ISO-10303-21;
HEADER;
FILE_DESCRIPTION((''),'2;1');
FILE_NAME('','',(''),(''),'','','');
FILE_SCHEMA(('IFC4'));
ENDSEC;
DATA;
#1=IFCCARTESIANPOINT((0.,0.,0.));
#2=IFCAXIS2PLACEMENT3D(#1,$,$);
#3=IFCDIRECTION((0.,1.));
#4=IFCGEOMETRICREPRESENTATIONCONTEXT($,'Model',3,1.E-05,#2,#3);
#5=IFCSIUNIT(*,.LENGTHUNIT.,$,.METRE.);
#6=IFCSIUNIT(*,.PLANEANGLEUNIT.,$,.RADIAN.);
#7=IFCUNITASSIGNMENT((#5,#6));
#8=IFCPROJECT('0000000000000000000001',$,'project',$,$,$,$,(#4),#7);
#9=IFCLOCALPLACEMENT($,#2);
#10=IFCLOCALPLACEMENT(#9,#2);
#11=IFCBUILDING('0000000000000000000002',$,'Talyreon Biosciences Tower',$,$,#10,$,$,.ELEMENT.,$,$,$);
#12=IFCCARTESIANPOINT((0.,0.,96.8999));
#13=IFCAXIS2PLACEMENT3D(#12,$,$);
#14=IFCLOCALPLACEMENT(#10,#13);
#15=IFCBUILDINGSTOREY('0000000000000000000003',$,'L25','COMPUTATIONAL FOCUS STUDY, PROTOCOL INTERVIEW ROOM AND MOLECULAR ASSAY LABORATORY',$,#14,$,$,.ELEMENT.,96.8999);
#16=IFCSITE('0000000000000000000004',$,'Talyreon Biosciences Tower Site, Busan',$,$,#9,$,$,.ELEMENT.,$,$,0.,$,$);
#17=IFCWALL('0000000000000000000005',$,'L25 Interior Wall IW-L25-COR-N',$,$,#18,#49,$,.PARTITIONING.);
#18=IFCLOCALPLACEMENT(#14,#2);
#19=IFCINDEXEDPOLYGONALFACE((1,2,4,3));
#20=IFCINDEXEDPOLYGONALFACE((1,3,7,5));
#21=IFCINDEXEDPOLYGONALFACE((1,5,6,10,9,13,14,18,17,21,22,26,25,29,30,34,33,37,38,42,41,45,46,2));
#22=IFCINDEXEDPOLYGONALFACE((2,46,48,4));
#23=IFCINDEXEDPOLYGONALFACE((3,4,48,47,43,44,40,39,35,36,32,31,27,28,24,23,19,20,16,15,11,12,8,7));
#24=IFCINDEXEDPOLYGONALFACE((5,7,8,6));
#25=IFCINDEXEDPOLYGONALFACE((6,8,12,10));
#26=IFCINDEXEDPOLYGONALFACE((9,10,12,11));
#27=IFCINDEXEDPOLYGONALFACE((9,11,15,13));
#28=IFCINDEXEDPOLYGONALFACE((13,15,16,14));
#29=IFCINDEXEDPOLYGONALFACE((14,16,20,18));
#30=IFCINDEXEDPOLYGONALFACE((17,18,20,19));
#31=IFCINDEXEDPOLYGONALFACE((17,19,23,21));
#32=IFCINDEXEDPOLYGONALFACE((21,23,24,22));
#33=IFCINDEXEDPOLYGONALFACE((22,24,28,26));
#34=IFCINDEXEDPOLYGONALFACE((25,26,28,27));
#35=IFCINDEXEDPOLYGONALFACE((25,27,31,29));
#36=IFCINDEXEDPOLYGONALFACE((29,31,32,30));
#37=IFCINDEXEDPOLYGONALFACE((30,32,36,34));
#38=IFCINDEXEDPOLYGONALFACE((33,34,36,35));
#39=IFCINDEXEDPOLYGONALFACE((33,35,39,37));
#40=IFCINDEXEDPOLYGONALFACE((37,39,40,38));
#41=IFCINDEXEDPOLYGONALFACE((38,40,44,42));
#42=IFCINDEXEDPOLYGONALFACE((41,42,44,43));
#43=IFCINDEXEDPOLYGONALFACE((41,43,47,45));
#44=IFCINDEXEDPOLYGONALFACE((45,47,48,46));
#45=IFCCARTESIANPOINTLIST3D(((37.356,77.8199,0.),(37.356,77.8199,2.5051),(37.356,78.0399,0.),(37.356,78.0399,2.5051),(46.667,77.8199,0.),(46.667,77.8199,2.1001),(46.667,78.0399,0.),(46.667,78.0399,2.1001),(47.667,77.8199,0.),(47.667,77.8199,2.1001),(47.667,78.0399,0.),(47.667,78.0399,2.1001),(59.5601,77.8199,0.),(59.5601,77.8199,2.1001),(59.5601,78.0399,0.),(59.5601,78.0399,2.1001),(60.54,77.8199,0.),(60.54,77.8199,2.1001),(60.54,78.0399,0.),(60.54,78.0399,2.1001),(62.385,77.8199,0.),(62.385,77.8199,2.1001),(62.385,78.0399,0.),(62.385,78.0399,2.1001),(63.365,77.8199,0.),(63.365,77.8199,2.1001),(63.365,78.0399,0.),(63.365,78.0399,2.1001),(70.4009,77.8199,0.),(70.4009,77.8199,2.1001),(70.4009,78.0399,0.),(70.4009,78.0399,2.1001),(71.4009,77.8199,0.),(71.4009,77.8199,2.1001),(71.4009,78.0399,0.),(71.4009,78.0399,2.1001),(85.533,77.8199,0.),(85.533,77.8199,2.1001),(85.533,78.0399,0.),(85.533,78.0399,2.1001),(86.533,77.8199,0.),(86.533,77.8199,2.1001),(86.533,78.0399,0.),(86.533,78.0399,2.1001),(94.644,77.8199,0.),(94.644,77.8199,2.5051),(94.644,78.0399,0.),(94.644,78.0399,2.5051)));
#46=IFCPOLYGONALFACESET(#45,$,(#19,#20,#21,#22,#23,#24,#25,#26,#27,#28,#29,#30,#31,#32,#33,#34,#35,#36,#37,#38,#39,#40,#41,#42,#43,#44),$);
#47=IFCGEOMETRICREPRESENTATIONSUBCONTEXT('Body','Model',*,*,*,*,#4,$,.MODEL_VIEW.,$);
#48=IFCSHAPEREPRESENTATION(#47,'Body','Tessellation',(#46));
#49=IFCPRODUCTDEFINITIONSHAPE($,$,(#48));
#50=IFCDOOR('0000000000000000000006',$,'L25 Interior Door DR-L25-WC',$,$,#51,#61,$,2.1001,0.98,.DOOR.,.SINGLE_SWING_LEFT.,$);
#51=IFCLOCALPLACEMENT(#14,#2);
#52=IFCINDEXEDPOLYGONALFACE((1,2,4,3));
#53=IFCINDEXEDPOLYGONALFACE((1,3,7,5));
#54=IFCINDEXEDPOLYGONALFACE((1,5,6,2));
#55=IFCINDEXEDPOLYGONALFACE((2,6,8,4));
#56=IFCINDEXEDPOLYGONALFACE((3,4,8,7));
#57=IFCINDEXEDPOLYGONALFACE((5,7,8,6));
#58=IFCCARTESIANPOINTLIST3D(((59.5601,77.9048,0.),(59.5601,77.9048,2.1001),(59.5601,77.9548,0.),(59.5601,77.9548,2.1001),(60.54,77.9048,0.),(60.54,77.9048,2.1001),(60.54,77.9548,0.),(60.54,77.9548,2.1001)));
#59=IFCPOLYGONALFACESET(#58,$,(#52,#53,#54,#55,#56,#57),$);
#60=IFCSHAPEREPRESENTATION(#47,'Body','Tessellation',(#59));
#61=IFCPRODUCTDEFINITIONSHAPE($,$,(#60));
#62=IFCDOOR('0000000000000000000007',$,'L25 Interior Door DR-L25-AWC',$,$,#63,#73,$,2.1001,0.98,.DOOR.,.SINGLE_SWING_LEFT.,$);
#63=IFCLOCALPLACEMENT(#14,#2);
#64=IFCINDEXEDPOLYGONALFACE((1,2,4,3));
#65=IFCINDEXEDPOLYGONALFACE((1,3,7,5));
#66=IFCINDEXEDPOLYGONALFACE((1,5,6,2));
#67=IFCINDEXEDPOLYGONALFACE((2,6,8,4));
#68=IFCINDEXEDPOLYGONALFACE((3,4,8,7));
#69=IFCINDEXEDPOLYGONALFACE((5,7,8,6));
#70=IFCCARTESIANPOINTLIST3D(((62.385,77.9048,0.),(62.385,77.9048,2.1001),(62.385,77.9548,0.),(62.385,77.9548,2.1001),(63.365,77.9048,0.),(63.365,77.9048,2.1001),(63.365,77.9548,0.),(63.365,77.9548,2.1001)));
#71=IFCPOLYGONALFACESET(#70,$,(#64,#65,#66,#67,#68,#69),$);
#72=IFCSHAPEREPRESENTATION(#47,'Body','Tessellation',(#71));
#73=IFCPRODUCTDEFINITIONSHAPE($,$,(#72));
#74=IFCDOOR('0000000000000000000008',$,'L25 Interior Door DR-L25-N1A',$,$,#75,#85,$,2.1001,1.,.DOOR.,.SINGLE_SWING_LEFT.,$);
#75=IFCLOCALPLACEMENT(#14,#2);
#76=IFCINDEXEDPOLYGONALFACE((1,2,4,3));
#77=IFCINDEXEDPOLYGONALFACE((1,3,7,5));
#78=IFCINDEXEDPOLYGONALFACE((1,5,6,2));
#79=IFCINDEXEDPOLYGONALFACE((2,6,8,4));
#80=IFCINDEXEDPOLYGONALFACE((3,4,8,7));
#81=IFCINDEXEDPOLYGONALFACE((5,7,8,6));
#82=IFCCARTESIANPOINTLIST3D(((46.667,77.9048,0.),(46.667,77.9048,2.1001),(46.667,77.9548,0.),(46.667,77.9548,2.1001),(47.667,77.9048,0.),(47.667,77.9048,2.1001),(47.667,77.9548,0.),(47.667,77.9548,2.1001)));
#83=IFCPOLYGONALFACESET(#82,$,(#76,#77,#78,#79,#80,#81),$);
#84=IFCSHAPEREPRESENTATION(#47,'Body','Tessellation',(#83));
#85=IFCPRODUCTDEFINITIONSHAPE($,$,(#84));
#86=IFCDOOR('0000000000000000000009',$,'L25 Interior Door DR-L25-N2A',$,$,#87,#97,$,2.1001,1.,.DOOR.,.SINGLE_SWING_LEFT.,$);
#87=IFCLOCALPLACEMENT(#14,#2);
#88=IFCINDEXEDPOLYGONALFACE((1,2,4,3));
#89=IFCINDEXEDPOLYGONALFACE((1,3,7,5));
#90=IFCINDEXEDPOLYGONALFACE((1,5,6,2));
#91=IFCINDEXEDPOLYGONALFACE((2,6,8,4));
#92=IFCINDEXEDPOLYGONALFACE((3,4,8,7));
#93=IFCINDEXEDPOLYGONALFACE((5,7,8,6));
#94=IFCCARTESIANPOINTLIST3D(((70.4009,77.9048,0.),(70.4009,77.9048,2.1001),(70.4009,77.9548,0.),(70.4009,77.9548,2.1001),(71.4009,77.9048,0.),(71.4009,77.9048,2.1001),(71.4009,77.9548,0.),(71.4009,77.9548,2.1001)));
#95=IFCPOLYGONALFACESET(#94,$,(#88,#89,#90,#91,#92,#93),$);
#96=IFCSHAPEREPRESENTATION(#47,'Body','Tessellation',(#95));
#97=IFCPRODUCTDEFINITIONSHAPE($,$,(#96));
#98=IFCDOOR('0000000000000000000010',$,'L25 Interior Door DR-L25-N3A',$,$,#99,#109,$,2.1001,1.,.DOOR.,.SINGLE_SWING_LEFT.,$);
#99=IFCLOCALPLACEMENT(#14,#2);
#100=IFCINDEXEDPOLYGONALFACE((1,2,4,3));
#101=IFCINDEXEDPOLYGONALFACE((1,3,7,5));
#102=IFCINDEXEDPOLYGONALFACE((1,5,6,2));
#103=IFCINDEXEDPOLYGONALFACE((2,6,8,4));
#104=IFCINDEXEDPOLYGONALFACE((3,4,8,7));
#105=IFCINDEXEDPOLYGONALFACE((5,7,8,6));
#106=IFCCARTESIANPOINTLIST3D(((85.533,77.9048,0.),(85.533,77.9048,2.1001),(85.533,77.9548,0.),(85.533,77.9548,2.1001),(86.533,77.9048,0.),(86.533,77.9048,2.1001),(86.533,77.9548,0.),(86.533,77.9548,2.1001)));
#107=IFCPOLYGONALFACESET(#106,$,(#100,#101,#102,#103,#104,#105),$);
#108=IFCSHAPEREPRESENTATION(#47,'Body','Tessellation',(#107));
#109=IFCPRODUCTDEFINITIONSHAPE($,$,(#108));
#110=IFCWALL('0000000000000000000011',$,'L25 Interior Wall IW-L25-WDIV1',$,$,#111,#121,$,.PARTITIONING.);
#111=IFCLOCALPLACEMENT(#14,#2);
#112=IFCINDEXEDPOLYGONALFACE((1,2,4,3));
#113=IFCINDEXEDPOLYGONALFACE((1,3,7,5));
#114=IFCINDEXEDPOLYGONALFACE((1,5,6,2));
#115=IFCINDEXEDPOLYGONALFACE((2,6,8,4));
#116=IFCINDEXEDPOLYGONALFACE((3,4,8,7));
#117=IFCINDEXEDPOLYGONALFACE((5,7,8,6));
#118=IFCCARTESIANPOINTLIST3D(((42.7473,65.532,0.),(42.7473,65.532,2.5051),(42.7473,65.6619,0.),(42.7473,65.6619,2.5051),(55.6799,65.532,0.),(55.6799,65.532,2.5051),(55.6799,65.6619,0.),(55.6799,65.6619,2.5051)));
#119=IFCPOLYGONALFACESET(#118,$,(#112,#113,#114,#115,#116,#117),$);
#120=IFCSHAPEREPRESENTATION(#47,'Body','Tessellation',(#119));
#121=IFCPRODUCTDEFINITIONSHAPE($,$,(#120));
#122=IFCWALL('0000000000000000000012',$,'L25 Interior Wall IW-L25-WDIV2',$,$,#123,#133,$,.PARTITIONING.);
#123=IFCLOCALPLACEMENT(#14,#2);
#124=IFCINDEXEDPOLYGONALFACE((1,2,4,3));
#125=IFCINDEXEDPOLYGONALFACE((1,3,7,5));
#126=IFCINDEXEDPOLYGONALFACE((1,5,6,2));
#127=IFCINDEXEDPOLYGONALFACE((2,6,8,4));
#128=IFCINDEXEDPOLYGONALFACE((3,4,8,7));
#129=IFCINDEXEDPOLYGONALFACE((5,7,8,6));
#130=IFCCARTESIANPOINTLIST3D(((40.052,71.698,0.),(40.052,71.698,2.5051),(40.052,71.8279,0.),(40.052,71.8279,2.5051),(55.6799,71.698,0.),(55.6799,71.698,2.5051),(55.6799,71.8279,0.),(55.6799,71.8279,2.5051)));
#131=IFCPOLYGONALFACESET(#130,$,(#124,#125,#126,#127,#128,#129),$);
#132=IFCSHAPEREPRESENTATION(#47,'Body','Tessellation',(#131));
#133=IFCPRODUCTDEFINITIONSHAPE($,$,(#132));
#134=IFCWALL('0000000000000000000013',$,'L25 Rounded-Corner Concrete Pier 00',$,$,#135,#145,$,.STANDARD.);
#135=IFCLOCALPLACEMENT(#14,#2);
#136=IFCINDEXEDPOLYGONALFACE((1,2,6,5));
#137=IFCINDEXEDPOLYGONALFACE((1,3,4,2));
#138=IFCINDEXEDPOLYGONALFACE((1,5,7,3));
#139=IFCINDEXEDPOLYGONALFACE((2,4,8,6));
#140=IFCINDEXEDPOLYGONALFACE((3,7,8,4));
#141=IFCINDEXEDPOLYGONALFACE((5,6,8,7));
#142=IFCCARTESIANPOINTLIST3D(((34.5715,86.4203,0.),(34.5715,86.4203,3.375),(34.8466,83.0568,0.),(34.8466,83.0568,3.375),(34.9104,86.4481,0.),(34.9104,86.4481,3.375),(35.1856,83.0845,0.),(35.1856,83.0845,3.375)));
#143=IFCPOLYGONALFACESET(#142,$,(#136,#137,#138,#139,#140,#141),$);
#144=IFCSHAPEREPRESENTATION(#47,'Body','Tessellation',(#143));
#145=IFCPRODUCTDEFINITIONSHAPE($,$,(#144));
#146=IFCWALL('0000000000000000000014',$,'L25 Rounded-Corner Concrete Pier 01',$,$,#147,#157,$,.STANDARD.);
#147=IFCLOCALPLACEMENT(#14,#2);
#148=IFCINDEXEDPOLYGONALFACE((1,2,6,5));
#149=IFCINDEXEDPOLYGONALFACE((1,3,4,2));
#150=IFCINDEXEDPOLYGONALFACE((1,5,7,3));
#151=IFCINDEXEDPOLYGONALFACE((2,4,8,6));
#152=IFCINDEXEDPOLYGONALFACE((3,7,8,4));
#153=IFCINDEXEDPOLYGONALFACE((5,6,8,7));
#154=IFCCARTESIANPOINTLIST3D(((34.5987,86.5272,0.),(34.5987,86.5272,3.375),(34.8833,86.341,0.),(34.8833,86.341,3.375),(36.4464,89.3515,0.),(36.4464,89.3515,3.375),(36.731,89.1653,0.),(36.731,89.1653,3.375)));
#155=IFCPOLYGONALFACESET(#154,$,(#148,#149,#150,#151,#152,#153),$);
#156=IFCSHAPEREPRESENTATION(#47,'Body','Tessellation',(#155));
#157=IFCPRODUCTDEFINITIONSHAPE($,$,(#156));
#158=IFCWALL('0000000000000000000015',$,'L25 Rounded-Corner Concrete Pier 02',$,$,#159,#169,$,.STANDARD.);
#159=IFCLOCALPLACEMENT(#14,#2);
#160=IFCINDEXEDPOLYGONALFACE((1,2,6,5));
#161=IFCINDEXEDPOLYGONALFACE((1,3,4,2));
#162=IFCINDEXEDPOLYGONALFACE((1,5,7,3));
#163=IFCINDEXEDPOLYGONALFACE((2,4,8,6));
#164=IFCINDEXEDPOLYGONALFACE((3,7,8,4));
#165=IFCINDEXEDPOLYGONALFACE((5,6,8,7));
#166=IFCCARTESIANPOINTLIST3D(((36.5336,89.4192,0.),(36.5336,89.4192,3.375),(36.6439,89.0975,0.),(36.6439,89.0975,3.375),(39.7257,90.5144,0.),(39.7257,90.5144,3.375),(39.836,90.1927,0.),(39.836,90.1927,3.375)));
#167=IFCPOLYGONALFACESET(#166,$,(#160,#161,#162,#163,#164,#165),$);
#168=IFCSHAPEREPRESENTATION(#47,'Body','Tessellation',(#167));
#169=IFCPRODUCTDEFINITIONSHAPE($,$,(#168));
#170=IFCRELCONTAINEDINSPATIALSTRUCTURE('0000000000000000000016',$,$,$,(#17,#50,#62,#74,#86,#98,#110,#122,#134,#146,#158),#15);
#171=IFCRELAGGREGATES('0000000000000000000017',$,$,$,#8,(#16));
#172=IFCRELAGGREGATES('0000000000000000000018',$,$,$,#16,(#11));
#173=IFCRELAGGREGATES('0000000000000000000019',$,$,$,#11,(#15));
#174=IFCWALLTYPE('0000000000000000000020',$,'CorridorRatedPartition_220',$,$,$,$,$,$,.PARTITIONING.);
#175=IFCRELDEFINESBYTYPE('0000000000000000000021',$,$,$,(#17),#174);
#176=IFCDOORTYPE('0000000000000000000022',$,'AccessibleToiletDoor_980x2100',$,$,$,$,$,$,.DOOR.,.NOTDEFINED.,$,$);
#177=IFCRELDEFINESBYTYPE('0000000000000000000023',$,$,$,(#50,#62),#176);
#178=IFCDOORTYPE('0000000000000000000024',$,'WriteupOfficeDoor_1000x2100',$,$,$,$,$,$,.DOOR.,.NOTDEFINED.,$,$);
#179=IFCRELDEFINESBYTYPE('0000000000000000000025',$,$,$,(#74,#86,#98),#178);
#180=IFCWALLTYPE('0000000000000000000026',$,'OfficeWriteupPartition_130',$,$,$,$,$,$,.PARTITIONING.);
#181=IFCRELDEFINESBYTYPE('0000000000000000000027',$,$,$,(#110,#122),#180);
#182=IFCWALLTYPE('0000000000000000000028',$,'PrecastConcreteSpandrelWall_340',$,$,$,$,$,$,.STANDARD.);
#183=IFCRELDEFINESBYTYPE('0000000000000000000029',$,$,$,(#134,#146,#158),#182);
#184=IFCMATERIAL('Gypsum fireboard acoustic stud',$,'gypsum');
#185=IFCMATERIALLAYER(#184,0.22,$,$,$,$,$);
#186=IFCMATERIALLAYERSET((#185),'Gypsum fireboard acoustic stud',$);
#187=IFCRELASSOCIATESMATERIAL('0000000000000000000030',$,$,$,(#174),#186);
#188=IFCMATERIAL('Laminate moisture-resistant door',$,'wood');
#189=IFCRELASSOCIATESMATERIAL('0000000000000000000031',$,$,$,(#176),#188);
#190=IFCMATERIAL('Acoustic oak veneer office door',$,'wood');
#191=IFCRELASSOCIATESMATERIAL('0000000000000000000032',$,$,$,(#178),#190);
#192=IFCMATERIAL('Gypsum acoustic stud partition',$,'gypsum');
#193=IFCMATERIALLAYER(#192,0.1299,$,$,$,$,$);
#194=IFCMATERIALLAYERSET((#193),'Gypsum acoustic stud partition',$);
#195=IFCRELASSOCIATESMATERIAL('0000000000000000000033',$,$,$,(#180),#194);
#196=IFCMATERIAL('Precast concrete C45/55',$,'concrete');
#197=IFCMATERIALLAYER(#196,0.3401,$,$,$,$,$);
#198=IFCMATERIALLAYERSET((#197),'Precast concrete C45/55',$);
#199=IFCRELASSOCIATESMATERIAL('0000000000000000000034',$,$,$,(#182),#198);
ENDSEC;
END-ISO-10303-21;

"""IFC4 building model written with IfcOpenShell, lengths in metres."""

from ifc_helpers import new_model, si_unit, direction, frame, frame_2d, origin, place, context, subcontext, project, spatial, rectangle, extrude, material, layer, layer_set, type_object, element, fill, save


model = new_model("IFC4")

# Units and contexts
model_context = context("Model", 3, precision=1e-05, world=origin(), true_north=direction((0.0, 1.0)))
body_context = subcontext(model_context, "Body", "Model", "MODEL_VIEW")
ifc_project = project(units=[si_unit("LENGTHUNIT", "METRE"), si_unit("PLANEANGLEUNIT", "RADIAN")], contexts=[model_context])

# Site, building, storey
site_placement = place(None, origin())
site = spatial("IfcSite", under=ifc_project, at=site_placement, Name="Talyreon Biosciences Tower Site, Busan", CompositionType="ELEMENT", RefElevation=0.0)
building_placement = place(site_placement, origin())
building = spatial("IfcBuilding", under=site, at=building_placement, Name="Talyreon Biosciences Tower", CompositionType="ELEMENT")
storey_placement = place(building_placement, frame((0.0, 0.0, 96.8999)))
storey = spatial("IfcBuildingStorey", under=building, at=storey_placement, Name="L25", Description="COMPUTATIONAL FOCUS STUDY, PROTOCOL INTERVIEW ROOM AND MOLECULAR ASSAY LABORATORY", CompositionType="ELEMENT", Elevation=96.8999)

# Shared definitions
ifc_material_1 = material(Name="Precast concrete C45/55", Category="concrete")

# Wall, openings, doors
ifc_material_2 = material(Name="Gypsum fireboard acoustic stud", Category="gypsum")
ifc_layer_1 = layer(ifc_material_2, 0.22)
ifc_layer_set_1 = layer_set([ifc_layer_1], Name="Gypsum fireboard acoustic stud")
wall_type_1 = type_object("IfcWallType", Name="CorridorRatedPartition_220", PredefinedType="PARTITIONING", material=ifc_layer_set_1)
wall_1_placement = place(storey_placement, frame((37.356, 77.9299, 0.0), z_axis=(0.0, 0.0, 1.0), x_axis=(1.0, 0.0, 0.0)))
wall_1 = element("IfcWall", 1, at=wall_1_placement, inside=storey, type_object=wall_type_1, Name="L25 Interior Wall IW-L25-COR-N", PredefinedType="PARTITIONING", context=body_context, shape_type="SweptSolid", body=[
    extrude(rectangle(XDim=57.2881, YDim=0.22, at=frame_2d((28.644, 0.0))), origin(), (0.0, 0.0, 1.0), 2.5051),
])
opening_1_placement = place(wall_1_placement, frame((22.2041, 0.0, 0.0)))
opening_1 = element("IfcOpeningElement", 2, at=opening_1_placement, cuts=wall_1, PredefinedType="OPENING", context=body_context, shape_type="SweptSolid", body=[
    extrude(rectangle(XDim=0.98, YDim=2.1001, at=frame_2d((0.49, 1.05))), frame((0.0, 0.1199, 0.0), z_axis=(0.0, -1.0, 0.0), x_axis=(1.0, 0.0, 0.0)), (0.0, 0.0, 1.0), 0.24),
])
opening_2_placement = place(wall_1_placement, frame((25.0291, 0.0, 0.0)))
opening_2 = element("IfcOpeningElement", 3, at=opening_2_placement, cuts=wall_1, PredefinedType="OPENING", context=body_context, shape_type="SweptSolid", body=[
    extrude(rectangle(XDim=0.98, YDim=2.1001, at=frame_2d((0.49, 1.05))), frame((0.0, 0.1199, 0.0), z_axis=(0.0, -1.0, 0.0), x_axis=(1.0, 0.0, 0.0)), (0.0, 0.0, 1.0), 0.24),
])
opening_3_placement = place(wall_1_placement, frame((9.311, 0.0, 0.0)))
opening_3 = element("IfcOpeningElement", 4, at=opening_3_placement, cuts=wall_1, PredefinedType="OPENING", context=body_context, shape_type="SweptSolid", body=[
    extrude(rectangle(XDim=1.0, YDim=2.1001, at=frame_2d((0.5, 1.05))), frame((0.0, 0.1199, 0.0), z_axis=(0.0, -1.0, 0.0), x_axis=(1.0, 0.0, 0.0)), (0.0, 0.0, 1.0), 0.24),
])
opening_4_placement = place(wall_1_placement, frame((33.0449, 0.0, 0.0)))
opening_4 = element("IfcOpeningElement", 5, at=opening_4_placement, cuts=wall_1, PredefinedType="OPENING", context=body_context, shape_type="SweptSolid", body=[
    extrude(rectangle(XDim=1.0, YDim=2.1001, at=frame_2d((0.5, 1.05))), frame((0.0, 0.1199, 0.0), z_axis=(0.0, -1.0, 0.0), x_axis=(1.0, 0.0, 0.0)), (0.0, 0.0, 1.0), 0.24),
])
opening_5_placement = place(wall_1_placement, frame((48.177, 0.0, 0.0)))
opening_5 = element("IfcOpeningElement", 6, at=opening_5_placement, cuts=wall_1, PredefinedType="OPENING", context=body_context, shape_type="SweptSolid", body=[
    extrude(rectangle(XDim=1.0, YDim=2.1001, at=frame_2d((0.5, 1.05))), frame((0.0, 0.1199, 0.0), z_axis=(0.0, -1.0, 0.0), x_axis=(1.0, 0.0, 0.0)), (0.0, 0.0, 1.0), 0.24),
])
ifc_material_3 = material(Name="Laminate moisture-resistant door", Category="wood")
door_type_1 = type_object("IfcDoorType", Name="AccessibleToiletDoor_980x2100", OperationType="NOTDEFINED", PredefinedType="DOOR", material=ifc_material_3)
door_1_placement = place(opening_1_placement, origin())
door_1 = element("IfcDoor", 7, at=door_1_placement, inside=storey, type_object=door_type_1, Name="L25 Interior Door DR-L25-WC", OperationType="SINGLE_SWING_LEFT", OverallHeight=2.1001, OverallWidth=0.98, PredefinedType="DOOR", context=body_context, shape_type="SweptSolid", body=[
    extrude(rectangle(XDim=0.98, YDim=2.1001, at=frame_2d((0.49, 1.05))), frame((0.0, 0.0249, 0.0), z_axis=(0.0, -1.0, 0.0), x_axis=(1.0, 0.0, 0.0)), (0.0, 0.0, 1.0), 0.05),
])
fill(opening_1, door_1)
door_2_placement = place(opening_2_placement, origin())
door_2 = element("IfcDoor", 8, at=door_2_placement, inside=storey, type_object=door_type_1, Name="L25 Interior Door DR-L25-AWC", OperationType="SINGLE_SWING_LEFT", OverallHeight=2.1001, OverallWidth=0.98, PredefinedType="DOOR", context=body_context, shape_type="SweptSolid", body=[
    extrude(rectangle(XDim=0.98, YDim=2.1001, at=frame_2d((0.49, 1.05))), frame((0.0, 0.0249, 0.0), z_axis=(0.0, -1.0, 0.0), x_axis=(1.0, 0.0, 0.0)), (0.0, 0.0, 1.0), 0.05),
])
fill(opening_2, door_2)
ifc_material_4 = material(Name="Acoustic oak veneer office door", Category="wood")
door_type_2 = type_object("IfcDoorType", Name="WriteupOfficeDoor_1000x2100", OperationType="NOTDEFINED", PredefinedType="DOOR", material=ifc_material_4)
door_3_placement = place(opening_3_placement, origin())
door_3 = element("IfcDoor", 9, at=door_3_placement, inside=storey, type_object=door_type_2, Name="L25 Interior Door DR-L25-N1A", OperationType="SINGLE_SWING_LEFT", OverallHeight=2.1001, OverallWidth=1.0, PredefinedType="DOOR", context=body_context, shape_type="SweptSolid", body=[
    extrude(rectangle(XDim=1.0, YDim=2.1001, at=frame_2d((0.5, 1.05))), frame((0.0, 0.0249, 0.0), z_axis=(0.0, -1.0, 0.0), x_axis=(1.0, 0.0, 0.0)), (0.0, 0.0, 1.0), 0.05),
])
fill(opening_3, door_3)
door_4_placement = place(opening_4_placement, origin())
door_4 = element("IfcDoor", 10, at=door_4_placement, inside=storey, type_object=door_type_2, Name="L25 Interior Door DR-L25-N2A", OperationType="SINGLE_SWING_LEFT", OverallHeight=2.1001, OverallWidth=1.0, PredefinedType="DOOR", context=body_context, shape_type="SweptSolid", body=[
    extrude(rectangle(XDim=1.0, YDim=2.1001, at=frame_2d((0.5, 1.05))), frame((0.0, 0.0249, 0.0), z_axis=(0.0, -1.0, 0.0), x_axis=(1.0, 0.0, 0.0)), (0.0, 0.0, 1.0), 0.05),
])
fill(opening_4, door_4)
door_5_placement = place(opening_5_placement, origin())
door_5 = element("IfcDoor", 11, at=door_5_placement, inside=storey, type_object=door_type_2, Name="L25 Interior Door DR-L25-N3A", OperationType="SINGLE_SWING_LEFT", OverallHeight=2.1001, OverallWidth=1.0, PredefinedType="DOOR", context=body_context, shape_type="SweptSolid", body=[
    extrude(rectangle(XDim=1.0, YDim=2.1001, at=frame_2d((0.5, 1.05))), frame((0.0, 0.0249, 0.0), z_axis=(0.0, -1.0, 0.0), x_axis=(1.0, 0.0, 0.0)), (0.0, 0.0, 1.0), 0.05),
])
fill(opening_5, door_5)

# Walls
ifc_material_5 = material(Name="Gypsum acoustic stud partition", Category="gypsum")
ifc_layer_2 = layer(ifc_material_5, 0.1299)
ifc_layer_set_2 = layer_set([ifc_layer_2], Name="Gypsum acoustic stud partition")
wall_type_2 = type_object("IfcWallType", Name="OfficeWriteupPartition_130", PredefinedType="PARTITIONING", material=ifc_layer_set_2)
wall_2_placement = place(storey_placement, frame((42.7473, 65.5969, 0.0), z_axis=(0.0, 0.0, 1.0), x_axis=(1.0, 0.0, 0.0)))
element("IfcWall", 12, at=wall_2_placement, inside=storey, type_object=wall_type_2, Name="L25 Interior Wall IW-L25-WDIV1", PredefinedType="PARTITIONING", context=body_context, shape_type="SweptSolid", body=[
    extrude(rectangle(XDim=12.9326, YDim=0.1299, at=frame_2d((6.4663, 0.0))), origin(), (0.0, 0.0, 1.0), 2.5051),
])
wall_3_placement = place(storey_placement, frame((40.052, 71.7629, 0.0), z_axis=(0.0, 0.0, 1.0), x_axis=(1.0, 0.0, 0.0)))
element("IfcWall", 13, at=wall_3_placement, inside=storey, type_object=wall_type_2, Name="L25 Interior Wall IW-L25-WDIV2", PredefinedType="PARTITIONING", context=body_context, shape_type="SweptSolid", body=[
    extrude(rectangle(XDim=15.6279, YDim=0.1299, at=frame_2d((7.814, 0.0))), origin(), (0.0, 0.0, 1.0), 2.5051),
])
ifc_layer_3 = layer(ifc_material_1, 0.3401)
ifc_layer_set_3 = layer_set([ifc_layer_3], Name="Precast concrete C45/55")
wall_type_3 = type_object("IfcWallType", Name="PrecastConcreteSpandrelWall_340", PredefinedType="STANDARD", material=ifc_layer_set_3)
wall_4_placement = place(storey_placement, frame((35.0161, 83.0706, 0.0), z_axis=(0.0, 0.0, 1.0), x_axis=(-0.081531, 0.996671, 0.0)))
element("IfcWall", 14, at=wall_4_placement, inside=storey, type_object=wall_type_3, Name="L25 Rounded-Corner Concrete Pier 00", PredefinedType="STANDARD", context=body_context, shape_type="SweptSolid", body=[
    extrude(rectangle(XDim=3.3748, YDim=0.3401, at=frame_2d((1.6875, 0.0))), origin(), (0.0, 0.0, 1.0), 3.375),
])
wall_5_placement = place(storey_placement, frame((34.741, 86.4341, 0.0), z_axis=(0.0, 0.0, 1.0), x_axis=(0.547468, 0.836827, 0.0)))
element("IfcWall", 15, at=wall_5_placement, inside=storey, type_object=wall_type_3, Name="L25 Rounded-Corner Concrete Pier 01", PredefinedType="STANDARD", context=body_context, shape_type="SweptSolid", body=[
    extrude(rectangle(XDim=3.375, YDim=0.3401, at=frame_2d((1.6875, 0.0))), origin(), (0.0, 0.0, 1.0), 3.375),
])
wall_6_placement = place(storey_placement, frame((36.5886, 89.2583, 0.0), z_axis=(0.0, 0.0, 1.0), x_axis=(0.945876, 0.324528, 0.0)))
element("IfcWall", 16, at=wall_6_placement, inside=storey, type_object=wall_type_3, Name="L25 Rounded-Corner Concrete Pier 02", PredefinedType="STANDARD", context=body_context, shape_type="SweptSolid", body=[
    extrude(rectangle(XDim=3.3748, YDim=0.3401, at=frame_2d((1.6875, 0.0))), origin(), (0.0, 0.0, 1.0), 3.375),
])

save(model, "model.ifc")
